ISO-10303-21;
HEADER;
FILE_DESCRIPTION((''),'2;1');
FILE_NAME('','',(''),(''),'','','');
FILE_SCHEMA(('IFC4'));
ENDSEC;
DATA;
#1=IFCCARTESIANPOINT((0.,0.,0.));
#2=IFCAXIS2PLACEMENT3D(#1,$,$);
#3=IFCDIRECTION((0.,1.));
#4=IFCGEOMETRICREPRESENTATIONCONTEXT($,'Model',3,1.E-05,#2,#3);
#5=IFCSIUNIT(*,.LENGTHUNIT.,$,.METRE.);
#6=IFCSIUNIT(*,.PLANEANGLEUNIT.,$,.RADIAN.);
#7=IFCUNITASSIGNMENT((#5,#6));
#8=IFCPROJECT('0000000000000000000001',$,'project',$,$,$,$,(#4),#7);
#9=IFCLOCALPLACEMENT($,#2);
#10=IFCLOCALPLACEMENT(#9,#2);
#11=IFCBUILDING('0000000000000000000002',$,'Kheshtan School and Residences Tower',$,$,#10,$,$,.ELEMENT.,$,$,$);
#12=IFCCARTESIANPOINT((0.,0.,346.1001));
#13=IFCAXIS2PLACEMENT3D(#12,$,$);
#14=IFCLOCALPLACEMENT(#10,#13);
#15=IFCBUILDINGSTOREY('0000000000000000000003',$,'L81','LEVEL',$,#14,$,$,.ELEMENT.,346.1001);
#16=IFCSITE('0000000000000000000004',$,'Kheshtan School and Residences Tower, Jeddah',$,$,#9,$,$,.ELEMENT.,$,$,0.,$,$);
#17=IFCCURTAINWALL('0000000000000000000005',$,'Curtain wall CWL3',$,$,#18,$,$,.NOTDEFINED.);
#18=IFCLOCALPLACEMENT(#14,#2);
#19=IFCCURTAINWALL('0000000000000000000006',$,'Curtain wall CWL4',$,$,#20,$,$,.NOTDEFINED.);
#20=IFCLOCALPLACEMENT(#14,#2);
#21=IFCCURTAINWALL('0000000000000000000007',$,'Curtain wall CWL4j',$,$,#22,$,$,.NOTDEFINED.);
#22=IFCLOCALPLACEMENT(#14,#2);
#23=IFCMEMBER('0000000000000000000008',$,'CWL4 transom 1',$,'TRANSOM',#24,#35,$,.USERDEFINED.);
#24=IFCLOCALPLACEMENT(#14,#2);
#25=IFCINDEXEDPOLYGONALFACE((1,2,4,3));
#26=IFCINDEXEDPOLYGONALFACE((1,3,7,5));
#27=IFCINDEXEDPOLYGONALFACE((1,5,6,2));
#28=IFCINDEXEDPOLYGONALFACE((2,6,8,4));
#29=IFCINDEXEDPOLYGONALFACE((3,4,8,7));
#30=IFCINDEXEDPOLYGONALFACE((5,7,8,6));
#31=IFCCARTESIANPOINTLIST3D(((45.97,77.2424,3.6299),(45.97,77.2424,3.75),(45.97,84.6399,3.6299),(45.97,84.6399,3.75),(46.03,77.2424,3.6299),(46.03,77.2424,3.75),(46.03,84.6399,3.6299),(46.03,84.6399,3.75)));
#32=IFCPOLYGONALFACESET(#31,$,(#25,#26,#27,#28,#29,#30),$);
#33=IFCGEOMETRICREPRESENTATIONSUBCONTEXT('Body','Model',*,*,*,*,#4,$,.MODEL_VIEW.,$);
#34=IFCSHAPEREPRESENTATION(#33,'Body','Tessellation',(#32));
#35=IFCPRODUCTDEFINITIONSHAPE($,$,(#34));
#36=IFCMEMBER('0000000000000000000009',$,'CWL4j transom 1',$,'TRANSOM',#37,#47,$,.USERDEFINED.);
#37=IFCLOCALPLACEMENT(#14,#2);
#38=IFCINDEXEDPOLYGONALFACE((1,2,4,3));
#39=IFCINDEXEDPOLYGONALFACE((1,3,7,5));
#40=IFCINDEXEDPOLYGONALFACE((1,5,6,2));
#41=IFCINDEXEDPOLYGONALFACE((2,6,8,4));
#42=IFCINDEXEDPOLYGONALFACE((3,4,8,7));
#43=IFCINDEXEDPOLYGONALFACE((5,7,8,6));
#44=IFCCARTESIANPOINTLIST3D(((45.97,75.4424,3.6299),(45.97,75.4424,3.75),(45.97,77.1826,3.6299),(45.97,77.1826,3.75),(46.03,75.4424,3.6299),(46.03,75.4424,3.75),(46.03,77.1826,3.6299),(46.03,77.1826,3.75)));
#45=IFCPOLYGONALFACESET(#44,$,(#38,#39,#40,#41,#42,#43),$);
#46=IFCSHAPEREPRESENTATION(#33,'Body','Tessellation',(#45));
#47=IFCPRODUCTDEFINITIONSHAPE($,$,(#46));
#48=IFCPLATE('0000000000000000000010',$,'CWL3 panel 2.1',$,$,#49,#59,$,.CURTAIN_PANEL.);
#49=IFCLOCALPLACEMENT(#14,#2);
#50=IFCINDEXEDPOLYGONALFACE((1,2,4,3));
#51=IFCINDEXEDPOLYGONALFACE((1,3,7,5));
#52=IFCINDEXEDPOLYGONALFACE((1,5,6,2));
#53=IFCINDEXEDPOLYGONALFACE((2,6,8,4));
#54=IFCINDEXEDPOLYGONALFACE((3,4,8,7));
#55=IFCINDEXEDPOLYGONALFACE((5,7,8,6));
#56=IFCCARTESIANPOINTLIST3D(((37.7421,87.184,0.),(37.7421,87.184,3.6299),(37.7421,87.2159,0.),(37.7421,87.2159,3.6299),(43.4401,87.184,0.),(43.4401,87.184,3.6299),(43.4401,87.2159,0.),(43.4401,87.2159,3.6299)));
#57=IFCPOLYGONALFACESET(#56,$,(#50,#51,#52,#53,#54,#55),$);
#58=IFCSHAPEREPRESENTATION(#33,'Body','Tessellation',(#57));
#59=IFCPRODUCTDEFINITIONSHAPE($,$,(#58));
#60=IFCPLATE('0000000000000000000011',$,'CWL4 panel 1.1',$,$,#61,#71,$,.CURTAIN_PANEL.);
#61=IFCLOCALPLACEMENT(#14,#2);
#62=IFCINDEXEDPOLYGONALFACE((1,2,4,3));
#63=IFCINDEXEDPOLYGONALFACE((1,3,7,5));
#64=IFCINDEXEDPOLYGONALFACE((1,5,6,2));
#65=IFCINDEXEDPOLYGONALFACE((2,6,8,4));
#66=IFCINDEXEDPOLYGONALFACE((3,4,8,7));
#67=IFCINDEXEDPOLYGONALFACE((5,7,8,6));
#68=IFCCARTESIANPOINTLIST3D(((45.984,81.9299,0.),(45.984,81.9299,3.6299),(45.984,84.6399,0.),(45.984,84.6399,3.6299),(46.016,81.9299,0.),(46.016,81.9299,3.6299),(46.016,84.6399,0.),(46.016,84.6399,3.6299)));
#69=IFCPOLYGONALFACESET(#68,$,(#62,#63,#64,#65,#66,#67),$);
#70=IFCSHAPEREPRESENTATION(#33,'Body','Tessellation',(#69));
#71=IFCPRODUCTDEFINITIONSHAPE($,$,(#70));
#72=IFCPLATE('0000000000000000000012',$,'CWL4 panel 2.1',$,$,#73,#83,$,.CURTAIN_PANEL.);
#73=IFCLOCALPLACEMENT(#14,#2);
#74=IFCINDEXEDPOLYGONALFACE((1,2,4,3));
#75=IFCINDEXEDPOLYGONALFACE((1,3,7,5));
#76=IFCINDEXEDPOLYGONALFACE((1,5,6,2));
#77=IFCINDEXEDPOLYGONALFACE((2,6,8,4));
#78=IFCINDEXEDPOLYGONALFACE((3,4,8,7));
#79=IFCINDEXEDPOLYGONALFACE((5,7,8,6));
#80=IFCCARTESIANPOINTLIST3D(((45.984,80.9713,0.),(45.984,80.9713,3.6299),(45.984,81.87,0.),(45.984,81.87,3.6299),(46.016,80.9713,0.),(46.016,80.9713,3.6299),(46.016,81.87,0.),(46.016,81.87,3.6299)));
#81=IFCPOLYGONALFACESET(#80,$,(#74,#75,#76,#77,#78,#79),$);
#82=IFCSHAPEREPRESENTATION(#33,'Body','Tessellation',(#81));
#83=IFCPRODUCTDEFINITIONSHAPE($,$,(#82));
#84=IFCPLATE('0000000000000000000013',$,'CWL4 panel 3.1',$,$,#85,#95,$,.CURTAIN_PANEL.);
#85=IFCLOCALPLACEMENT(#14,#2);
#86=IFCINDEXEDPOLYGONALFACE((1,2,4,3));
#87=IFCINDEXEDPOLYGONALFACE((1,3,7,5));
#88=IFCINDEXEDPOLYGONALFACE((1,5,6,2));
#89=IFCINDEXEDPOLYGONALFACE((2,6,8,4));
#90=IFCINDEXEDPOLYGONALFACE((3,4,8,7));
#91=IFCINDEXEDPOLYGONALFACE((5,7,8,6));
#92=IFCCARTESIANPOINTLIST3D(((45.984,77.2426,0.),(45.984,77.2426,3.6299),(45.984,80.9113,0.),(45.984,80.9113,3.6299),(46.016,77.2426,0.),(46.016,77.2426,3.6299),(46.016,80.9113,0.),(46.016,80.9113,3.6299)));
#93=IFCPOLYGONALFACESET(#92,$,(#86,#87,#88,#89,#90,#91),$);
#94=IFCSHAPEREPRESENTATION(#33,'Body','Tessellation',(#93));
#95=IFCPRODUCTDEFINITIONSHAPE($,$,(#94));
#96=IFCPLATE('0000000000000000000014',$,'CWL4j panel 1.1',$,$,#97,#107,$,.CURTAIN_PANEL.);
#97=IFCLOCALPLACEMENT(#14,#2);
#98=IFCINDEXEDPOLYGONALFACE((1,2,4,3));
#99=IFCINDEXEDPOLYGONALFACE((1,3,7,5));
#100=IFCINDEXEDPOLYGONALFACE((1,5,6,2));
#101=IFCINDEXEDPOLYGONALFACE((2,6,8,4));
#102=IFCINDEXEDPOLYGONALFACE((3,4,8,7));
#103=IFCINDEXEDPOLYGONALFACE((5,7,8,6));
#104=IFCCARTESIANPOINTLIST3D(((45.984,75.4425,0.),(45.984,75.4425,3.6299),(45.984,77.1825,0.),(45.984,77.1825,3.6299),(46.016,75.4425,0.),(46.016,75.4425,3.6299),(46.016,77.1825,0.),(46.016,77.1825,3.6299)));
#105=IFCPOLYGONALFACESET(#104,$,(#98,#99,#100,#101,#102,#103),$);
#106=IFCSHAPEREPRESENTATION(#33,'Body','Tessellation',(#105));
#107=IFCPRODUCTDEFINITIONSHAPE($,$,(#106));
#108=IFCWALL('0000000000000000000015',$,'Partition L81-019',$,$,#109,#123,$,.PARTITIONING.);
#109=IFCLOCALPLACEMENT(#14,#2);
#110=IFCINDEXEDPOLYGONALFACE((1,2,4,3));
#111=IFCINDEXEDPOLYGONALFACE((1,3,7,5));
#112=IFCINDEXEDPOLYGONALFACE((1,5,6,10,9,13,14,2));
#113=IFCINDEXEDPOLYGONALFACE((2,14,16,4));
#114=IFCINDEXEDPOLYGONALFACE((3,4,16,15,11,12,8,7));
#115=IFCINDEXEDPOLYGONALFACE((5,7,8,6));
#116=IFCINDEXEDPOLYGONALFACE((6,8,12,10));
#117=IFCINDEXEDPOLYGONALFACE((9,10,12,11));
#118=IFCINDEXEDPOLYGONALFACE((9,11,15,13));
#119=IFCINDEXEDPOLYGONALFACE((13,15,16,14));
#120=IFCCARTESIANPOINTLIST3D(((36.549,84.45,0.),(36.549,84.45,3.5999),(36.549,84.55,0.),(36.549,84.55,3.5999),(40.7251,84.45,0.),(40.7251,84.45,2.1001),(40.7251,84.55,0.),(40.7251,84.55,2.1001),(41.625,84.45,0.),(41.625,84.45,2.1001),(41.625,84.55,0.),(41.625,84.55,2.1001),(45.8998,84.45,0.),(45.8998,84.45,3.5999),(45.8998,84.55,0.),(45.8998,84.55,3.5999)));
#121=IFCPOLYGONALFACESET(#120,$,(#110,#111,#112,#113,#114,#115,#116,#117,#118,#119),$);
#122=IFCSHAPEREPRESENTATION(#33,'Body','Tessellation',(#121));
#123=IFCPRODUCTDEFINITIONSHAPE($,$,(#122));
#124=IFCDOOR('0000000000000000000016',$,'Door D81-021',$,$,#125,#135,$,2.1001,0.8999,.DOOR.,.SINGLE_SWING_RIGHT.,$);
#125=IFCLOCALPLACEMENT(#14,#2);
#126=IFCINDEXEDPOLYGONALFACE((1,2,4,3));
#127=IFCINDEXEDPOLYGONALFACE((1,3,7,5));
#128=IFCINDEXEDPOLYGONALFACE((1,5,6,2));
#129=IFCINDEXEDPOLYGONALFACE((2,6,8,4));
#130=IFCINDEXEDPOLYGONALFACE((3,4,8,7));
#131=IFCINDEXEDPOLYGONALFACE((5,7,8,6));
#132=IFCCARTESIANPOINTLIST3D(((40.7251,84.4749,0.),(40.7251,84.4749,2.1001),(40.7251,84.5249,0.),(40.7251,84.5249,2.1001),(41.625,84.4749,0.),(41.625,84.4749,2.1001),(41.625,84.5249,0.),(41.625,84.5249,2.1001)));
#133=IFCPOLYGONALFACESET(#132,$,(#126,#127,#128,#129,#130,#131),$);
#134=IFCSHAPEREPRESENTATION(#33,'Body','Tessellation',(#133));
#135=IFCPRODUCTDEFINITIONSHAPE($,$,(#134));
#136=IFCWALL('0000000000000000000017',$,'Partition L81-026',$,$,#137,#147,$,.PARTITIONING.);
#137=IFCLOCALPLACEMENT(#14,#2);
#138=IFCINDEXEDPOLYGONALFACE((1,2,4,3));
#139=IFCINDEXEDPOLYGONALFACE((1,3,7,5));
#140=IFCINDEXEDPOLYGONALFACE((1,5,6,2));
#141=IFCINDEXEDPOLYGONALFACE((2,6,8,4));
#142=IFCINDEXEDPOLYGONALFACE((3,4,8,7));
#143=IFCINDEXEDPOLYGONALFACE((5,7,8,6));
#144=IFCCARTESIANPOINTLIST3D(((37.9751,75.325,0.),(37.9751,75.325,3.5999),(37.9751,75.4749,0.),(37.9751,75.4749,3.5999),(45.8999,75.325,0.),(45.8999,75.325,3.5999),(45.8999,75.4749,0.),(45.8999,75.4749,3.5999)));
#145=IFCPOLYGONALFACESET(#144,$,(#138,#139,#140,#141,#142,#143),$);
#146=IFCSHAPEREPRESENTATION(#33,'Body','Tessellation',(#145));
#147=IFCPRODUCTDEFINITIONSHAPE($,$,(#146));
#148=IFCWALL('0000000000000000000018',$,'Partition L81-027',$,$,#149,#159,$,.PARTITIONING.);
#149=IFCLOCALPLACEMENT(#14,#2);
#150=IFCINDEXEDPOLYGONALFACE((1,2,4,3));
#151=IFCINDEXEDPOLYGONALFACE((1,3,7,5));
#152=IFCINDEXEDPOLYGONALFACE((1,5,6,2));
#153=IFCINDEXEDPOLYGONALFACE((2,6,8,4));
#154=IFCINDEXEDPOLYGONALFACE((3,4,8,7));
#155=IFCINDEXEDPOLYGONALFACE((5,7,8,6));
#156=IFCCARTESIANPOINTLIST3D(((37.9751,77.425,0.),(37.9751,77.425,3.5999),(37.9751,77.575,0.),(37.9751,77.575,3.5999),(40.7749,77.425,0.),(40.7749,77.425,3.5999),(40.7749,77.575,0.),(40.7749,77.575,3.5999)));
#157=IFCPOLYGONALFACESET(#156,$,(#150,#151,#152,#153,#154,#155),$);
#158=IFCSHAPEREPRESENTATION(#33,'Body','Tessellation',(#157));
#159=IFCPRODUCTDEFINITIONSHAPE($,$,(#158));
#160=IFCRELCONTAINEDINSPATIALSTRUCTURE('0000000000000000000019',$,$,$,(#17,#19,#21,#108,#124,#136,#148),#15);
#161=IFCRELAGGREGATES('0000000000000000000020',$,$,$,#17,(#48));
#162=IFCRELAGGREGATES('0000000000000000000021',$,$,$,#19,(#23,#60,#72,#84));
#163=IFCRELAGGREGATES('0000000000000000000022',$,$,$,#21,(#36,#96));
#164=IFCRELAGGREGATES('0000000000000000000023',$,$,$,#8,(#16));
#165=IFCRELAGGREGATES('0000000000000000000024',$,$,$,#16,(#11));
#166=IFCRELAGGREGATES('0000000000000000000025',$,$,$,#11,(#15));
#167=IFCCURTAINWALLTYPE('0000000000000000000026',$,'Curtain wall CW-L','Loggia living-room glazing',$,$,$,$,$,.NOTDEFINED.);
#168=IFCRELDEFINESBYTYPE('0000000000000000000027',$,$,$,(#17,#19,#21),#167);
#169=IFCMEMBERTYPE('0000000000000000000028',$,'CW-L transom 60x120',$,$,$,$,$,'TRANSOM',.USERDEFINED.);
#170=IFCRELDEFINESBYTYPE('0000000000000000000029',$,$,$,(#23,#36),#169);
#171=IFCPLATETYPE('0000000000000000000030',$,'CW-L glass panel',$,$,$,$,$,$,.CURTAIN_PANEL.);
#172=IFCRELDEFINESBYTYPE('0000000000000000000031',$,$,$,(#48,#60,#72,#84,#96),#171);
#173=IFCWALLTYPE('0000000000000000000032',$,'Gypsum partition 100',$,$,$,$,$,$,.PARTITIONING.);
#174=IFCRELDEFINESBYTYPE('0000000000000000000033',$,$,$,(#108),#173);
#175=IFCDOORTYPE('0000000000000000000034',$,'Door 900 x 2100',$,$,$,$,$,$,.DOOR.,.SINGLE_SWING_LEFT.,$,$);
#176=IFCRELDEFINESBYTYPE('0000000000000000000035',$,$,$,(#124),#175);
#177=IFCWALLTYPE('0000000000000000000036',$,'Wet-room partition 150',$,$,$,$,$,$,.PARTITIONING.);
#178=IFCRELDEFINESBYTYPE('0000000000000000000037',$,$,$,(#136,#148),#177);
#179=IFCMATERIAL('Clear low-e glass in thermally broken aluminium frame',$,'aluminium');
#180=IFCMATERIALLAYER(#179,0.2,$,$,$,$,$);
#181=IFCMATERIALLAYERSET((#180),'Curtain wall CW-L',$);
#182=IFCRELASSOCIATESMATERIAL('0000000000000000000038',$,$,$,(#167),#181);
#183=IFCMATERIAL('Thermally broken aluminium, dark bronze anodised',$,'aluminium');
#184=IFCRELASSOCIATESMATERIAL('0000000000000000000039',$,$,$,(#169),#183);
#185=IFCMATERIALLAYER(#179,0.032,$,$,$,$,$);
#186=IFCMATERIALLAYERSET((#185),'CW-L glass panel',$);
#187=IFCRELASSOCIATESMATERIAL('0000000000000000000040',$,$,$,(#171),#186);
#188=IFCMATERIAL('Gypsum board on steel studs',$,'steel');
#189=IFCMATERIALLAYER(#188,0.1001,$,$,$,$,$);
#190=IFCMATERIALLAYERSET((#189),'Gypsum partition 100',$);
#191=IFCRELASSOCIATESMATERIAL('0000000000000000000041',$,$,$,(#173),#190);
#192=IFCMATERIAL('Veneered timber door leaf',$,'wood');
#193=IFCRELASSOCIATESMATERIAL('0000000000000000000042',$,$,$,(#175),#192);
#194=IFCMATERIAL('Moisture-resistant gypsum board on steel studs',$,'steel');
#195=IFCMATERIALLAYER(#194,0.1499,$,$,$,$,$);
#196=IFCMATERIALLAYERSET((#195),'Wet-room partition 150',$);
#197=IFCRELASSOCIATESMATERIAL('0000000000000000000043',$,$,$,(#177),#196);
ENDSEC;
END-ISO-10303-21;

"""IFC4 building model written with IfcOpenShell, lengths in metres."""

from ifc_helpers import new_model, si_unit, direction, frame, frame_2d, origin, origin_2d, place, context, subcontext, project, spatial, rectangle, extrude, source, transform, mapped, material, layer, layer_set, material_profile, profile_set, type_object, element, fill, aggregate, save


model = new_model("IFC4")

# Units and contexts
model_context = context("Model", 3, precision=1e-05, world=origin(), true_north=direction((0.0, 1.0)))
body_context = subcontext(model_context, "Body", "Model", "MODEL_VIEW")
ifc_project = project(units=[si_unit("LENGTHUNIT", "METRE"), si_unit("PLANEANGLEUNIT", "RADIAN")], contexts=[model_context])

# Site, building, storey
site_placement = place(None, origin())
site = spatial("IfcSite", under=ifc_project, at=site_placement, Name="Kheshtan School and Residences Tower, Jeddah", CompositionType="ELEMENT", RefElevation=0.0)
building_placement = place(site_placement, origin())
building = spatial("IfcBuilding", under=site, at=building_placement, Name="Kheshtan School and Residences Tower", CompositionType="ELEMENT")
storey_placement = place(building_placement, frame((0.0, 0.0, 346.1001)))
storey = spatial("IfcBuildingStorey", under=building, at=storey_placement, Name="L81", Description="LEVEL", CompositionType="ELEMENT", Elevation=346.1001)

# Curtain walls
ifc_material_1 = material(Name="Clear low-e glass in thermally broken aluminium frame", Category="aluminium")
ifc_layer_1 = layer(ifc_material_1, 0.2)
ifc_layer_set_1 = layer_set([ifc_layer_1], Name="Curtain wall CW-L")
curtain_wall_type = type_object("IfcCurtainWallType", Name="Curtain wall CW-L", Description="Loggia living-room glazing", PredefinedType="NOTDEFINED", material=ifc_layer_set_1)
curtain_wall_1_placement = place(storey_placement, origin())
curtain_wall_1 = element("IfcCurtainWall", 1, at=curtain_wall_1_placement, inside=storey, type_object=curtain_wall_type, Name="Curtain wall CWL3", PredefinedType="NOTDEFINED")
ifc_material_2 = material(Name="Thermally broken aluminium, dark bronze anodised", Category="aluminium")
curtain_wall_2_placement = place(storey_placement, origin())
curtain_wall_2 = element("IfcCurtainWall", 2, at=curtain_wall_2_placement, inside=storey, type_object=curtain_wall_type, Name="Curtain wall CWL4", PredefinedType="NOTDEFINED")

# Curtain wall
curtain_wall_3_placement = place(storey_placement, origin())
curtain_wall_3 = element("IfcCurtainWall", 3, at=curtain_wall_3_placement, inside=storey, type_object=curtain_wall_type, Name="Curtain wall CWL4j", PredefinedType="NOTDEFINED")

# Members
ifc_material_profile_1 = material_profile(ifc_material_2, rectangle(XDim=0.0601, YDim=0.1201, at=origin_2d()), Name="CW-L transom 60x120")
ifc_profile_set_1 = profile_set([ifc_material_profile_1], Name="Thermally broken aluminium, dark bronze anodised")
member_type_1 = type_object("IfcMemberType", Name="CW-L transom 60x120", ElementType="TRANSOM", PredefinedType="USERDEFINED", material=ifc_profile_set_1)
member_1_placement = place(storey_placement, frame((46.0, 84.6399, 3.6899), z_axis=(0.0, -1.0, 0.0), x_axis=(1.0, 0.0, 0.0)))
member_1 = element("IfcMember", 4, at=member_1_placement, type_object=member_type_1, Name="CWL4 transom 1", ObjectType="TRANSOM", PredefinedType="USERDEFINED", context=body_context, shape_type="SweptSolid", body=[
    extrude(rectangle(XDim=0.0601, YDim=0.1201, at=origin_2d()), origin(), (0.0, 0.0, 1.0), 7.3975),
])
member_2_placement = place(storey_placement, frame((46.0, 77.1826, 3.6899), z_axis=(0.0, -1.0, 0.0), x_axis=(1.0, 0.0, 0.0)))
member_2 = element("IfcMember", 5, at=member_2_placement, type_object=member_type_1, Name="CWL4j transom 1", ObjectType="TRANSOM", PredefinedType="USERDEFINED", context=body_context, shape_type="SweptSolid", body=[
    extrude(rectangle(XDim=0.0601, YDim=0.1201, at=origin_2d()), origin(), (0.0, 0.0, 1.0), 1.7402),
])

# Plates
ifc_layer_2 = layer(ifc_material_1, 0.032)
ifc_layer_set_2 = layer_set([ifc_layer_2], Name="CW-L glass panel")
plate_type = type_object("IfcPlateType", Name="CW-L glass panel", PredefinedType="CURTAIN_PANEL", material=ifc_layer_set_2)
plate_1_placement = place(storey_placement, frame((40.5911, 87.2, 0.0), z_axis=(0.0, 0.0, 1.0), x_axis=(1.0, 0.0, 0.0)))
plate_1 = element("IfcPlate", 6, at=plate_1_placement, type_object=plate_type, Name="CWL3 panel 2.1", PredefinedType="CURTAIN_PANEL", context=body_context, shape_type="SweptSolid", body=[
    extrude(rectangle(XDim=5.698, YDim=0.032, at=origin_2d()), origin(), (0.0, 0.0, 1.0), 3.6299),
])
aggregate(curtain_wall_1, [plate_1])
plate_2_placement = place(storey_placement, frame((46.0, 83.2849, 0.0), z_axis=(0.0, 0.0, 1.0), x_axis=(0.0, -1.0, 0.0)))
plate_2 = element("IfcPlate", 7, at=plate_2_placement, type_object=plate_type, Name="CWL4 panel 1.1", PredefinedType="CURTAIN_PANEL", context=body_context, shape_type="SweptSolid", body=[
    extrude(rectangle(XDim=2.71, YDim=0.032, at=origin_2d()), origin(), (0.0, 0.0, 1.0), 3.6299),
])
plate_3_placement = place(storey_placement, frame((46.0, 81.4207, 0.0), z_axis=(0.0, 0.0, 1.0), x_axis=(0.0, -1.0, 0.0)))
plate_3 = element("IfcPlate", 8, at=plate_3_placement, type_object=plate_type, Name="CWL4 panel 2.1", PredefinedType="CURTAIN_PANEL", context=body_context, shape_type="SweptSolid", body=[
    extrude(rectangle(XDim=0.8987, YDim=0.032, at=origin_2d()), origin(), (0.0, 0.0, 1.0), 3.6299),
])
plate_4_placement = place(storey_placement, frame((46.0, 79.0769, 0.0), z_axis=(0.0, 0.0, 1.0), x_axis=(0.0, -1.0, 0.0)))
plate_4 = element("IfcPlate", 9, at=plate_4_placement, type_object=plate_type, Name="CWL4 panel 3.1", PredefinedType="CURTAIN_PANEL", context=body_context, shape_type="SweptSolid", body=[
    extrude(rectangle(XDim=3.6687, YDim=0.032, at=origin_2d()), origin(), (0.0, 0.0, 1.0), 3.6299),
])
aggregate(curtain_wall_2, [member_1, plate_2, plate_3, plate_4])
plate_5_placement = place(storey_placement, frame((46.0, 76.3125, 0.0), z_axis=(0.0, 0.0, 1.0), x_axis=(0.0, -1.0, 0.0)))
plate_5 = element("IfcPlate", 10, at=plate_5_placement, type_object=plate_type, Name="CWL4j panel 1.1", PredefinedType="CURTAIN_PANEL", context=body_context, shape_type="SweptSolid", body=[
    extrude(rectangle(XDim=1.74, YDim=0.032, at=origin_2d()), origin(), (0.0, 0.0, 1.0), 3.6299),
])
aggregate(curtain_wall_3, [member_2, plate_5])

# Wall, opening, door
ifc_material_3 = material(Name="Gypsum board on steel studs", Category="steel")
ifc_layer_3 = layer(ifc_material_3, 0.1001)
ifc_layer_set_3 = layer_set([ifc_layer_3], Name="Gypsum partition 100")
wall_type_1 = type_object("IfcWallType", Name="Gypsum partition 100", PredefinedType="PARTITIONING", material=ifc_layer_set_3)
wall_1_placement = place(storey_placement, frame((36.5491, 84.5, 0.0), z_axis=(0.0, 0.0, 1.0), x_axis=(1.0, 0.0, 0.0)))
wall_1 = element("IfcWall", 11, at=wall_1_placement, inside=storey, type_object=wall_type_1, Name="Partition L81-019", PredefinedType="PARTITIONING", context=body_context, shape_type="SweptSolid", body=[
    extrude(rectangle(XDim=9.3508, YDim=0.1001, at=frame_2d((4.6753, 0.0))), origin(), (0.0, 0.0, 1.0), 3.5999),
])
opening_1_placement = place(wall_1_placement, frame((4.176, 0.0, 0.0)))
opening_1 = element("IfcOpeningElement", 12, at=opening_1_placement, cuts=wall_1, PredefinedType="OPENING", context=body_context, shape_type="SweptSolid", body=[
    extrude(rectangle(XDim=0.8999, YDim=2.1001, at=frame_2d((0.45, 1.05))), frame((0.0, 0.0601, 0.0), z_axis=(0.0, -1.0, 0.0), x_axis=(1.0, 0.0, 0.0)), (0.0, 0.0, 1.0), 0.1201),
])
ifc_material_4 = material(Name="Veneered timber door leaf", Category="wood")
door_type_1 = type_object("IfcDoorType", Name="Door 900 x 2100", OperationType="SINGLE_SWING_LEFT", PredefinedType="DOOR", material=ifc_material_4)
shared_shape_1 = source(origin(), body_context, "Body", "SweptSolid", [
    extrude(rectangle(XDim=0.8999, YDim=2.1001, at=frame_2d((0.45, 1.05))), frame((0.0, 0.0249, 0.0), z_axis=(0.0, -1.0, 0.0), x_axis=(1.0, 0.0, 0.0)), (0.0, 0.0, 1.0), 0.05),
])
door_1_placement = place(opening_1_placement, origin())
door_1 = element("IfcDoor", 13, at=door_1_placement, inside=storey, type_object=door_type_1, Name="Door D81-021", OperationType="SINGLE_SWING_RIGHT", OverallHeight=2.1001, OverallWidth=0.8999, PredefinedType="DOOR", context=body_context, shape_type="MappedRepresentation", body=[
    mapped(shared_shape_1, transform((0.0, 0.0, 0.0), x_axis=(1.0, 0.0, 0.0), y_axis=(0.0, 1.0, 0.0), z_axis=(0.0, 0.0, 1.0), scale=1.0)),
])
fill(opening_1, door_1)

# Walls
ifc_material_5 = material(Name="Moisture-resistant gypsum board on steel studs", Category="steel")
ifc_layer_4 = layer(ifc_material_5, 0.1499)
ifc_layer_set_4 = layer_set([ifc_layer_4], Name="Wet-room partition 150")
wall_type_2 = type_object("IfcWallType", Name="Wet-room partition 150", PredefinedType="PARTITIONING", material=ifc_layer_set_4)
wall_2_placement = place(storey_placement, frame((37.9751, 75.3999, 0.0), z_axis=(0.0, 0.0, 1.0), x_axis=(1.0, 0.0, 0.0)))
element("IfcWall", 14, at=wall_2_placement, inside=storey, type_object=wall_type_2, Name="Partition L81-026", PredefinedType="PARTITIONING", context=body_context, shape_type="SweptSolid", body=[
    extrude(rectangle(XDim=7.9248, YDim=0.1499, at=frame_2d((3.9624, 0.0))), origin(), (0.0, 0.0, 1.0), 3.5999),
])
wall_3_placement = place(storey_placement, frame((37.9751, 77.5, 0.0), z_axis=(0.0, 0.0, 1.0), x_axis=(1.0, 0.0, 0.0)))
element("IfcWall", 15, at=wall_3_placement, inside=storey, type_object=wall_type_2, Name="Partition L81-027", PredefinedType="PARTITIONING", context=body_context, shape_type="SweptSolid", body=[
    extrude(rectangle(XDim=2.7998, YDim=0.1499, at=frame_2d((1.3999, 0.0))), origin(), (0.0, 0.0, 1.0), 3.5999),
])

save(model, "model.ifc")
